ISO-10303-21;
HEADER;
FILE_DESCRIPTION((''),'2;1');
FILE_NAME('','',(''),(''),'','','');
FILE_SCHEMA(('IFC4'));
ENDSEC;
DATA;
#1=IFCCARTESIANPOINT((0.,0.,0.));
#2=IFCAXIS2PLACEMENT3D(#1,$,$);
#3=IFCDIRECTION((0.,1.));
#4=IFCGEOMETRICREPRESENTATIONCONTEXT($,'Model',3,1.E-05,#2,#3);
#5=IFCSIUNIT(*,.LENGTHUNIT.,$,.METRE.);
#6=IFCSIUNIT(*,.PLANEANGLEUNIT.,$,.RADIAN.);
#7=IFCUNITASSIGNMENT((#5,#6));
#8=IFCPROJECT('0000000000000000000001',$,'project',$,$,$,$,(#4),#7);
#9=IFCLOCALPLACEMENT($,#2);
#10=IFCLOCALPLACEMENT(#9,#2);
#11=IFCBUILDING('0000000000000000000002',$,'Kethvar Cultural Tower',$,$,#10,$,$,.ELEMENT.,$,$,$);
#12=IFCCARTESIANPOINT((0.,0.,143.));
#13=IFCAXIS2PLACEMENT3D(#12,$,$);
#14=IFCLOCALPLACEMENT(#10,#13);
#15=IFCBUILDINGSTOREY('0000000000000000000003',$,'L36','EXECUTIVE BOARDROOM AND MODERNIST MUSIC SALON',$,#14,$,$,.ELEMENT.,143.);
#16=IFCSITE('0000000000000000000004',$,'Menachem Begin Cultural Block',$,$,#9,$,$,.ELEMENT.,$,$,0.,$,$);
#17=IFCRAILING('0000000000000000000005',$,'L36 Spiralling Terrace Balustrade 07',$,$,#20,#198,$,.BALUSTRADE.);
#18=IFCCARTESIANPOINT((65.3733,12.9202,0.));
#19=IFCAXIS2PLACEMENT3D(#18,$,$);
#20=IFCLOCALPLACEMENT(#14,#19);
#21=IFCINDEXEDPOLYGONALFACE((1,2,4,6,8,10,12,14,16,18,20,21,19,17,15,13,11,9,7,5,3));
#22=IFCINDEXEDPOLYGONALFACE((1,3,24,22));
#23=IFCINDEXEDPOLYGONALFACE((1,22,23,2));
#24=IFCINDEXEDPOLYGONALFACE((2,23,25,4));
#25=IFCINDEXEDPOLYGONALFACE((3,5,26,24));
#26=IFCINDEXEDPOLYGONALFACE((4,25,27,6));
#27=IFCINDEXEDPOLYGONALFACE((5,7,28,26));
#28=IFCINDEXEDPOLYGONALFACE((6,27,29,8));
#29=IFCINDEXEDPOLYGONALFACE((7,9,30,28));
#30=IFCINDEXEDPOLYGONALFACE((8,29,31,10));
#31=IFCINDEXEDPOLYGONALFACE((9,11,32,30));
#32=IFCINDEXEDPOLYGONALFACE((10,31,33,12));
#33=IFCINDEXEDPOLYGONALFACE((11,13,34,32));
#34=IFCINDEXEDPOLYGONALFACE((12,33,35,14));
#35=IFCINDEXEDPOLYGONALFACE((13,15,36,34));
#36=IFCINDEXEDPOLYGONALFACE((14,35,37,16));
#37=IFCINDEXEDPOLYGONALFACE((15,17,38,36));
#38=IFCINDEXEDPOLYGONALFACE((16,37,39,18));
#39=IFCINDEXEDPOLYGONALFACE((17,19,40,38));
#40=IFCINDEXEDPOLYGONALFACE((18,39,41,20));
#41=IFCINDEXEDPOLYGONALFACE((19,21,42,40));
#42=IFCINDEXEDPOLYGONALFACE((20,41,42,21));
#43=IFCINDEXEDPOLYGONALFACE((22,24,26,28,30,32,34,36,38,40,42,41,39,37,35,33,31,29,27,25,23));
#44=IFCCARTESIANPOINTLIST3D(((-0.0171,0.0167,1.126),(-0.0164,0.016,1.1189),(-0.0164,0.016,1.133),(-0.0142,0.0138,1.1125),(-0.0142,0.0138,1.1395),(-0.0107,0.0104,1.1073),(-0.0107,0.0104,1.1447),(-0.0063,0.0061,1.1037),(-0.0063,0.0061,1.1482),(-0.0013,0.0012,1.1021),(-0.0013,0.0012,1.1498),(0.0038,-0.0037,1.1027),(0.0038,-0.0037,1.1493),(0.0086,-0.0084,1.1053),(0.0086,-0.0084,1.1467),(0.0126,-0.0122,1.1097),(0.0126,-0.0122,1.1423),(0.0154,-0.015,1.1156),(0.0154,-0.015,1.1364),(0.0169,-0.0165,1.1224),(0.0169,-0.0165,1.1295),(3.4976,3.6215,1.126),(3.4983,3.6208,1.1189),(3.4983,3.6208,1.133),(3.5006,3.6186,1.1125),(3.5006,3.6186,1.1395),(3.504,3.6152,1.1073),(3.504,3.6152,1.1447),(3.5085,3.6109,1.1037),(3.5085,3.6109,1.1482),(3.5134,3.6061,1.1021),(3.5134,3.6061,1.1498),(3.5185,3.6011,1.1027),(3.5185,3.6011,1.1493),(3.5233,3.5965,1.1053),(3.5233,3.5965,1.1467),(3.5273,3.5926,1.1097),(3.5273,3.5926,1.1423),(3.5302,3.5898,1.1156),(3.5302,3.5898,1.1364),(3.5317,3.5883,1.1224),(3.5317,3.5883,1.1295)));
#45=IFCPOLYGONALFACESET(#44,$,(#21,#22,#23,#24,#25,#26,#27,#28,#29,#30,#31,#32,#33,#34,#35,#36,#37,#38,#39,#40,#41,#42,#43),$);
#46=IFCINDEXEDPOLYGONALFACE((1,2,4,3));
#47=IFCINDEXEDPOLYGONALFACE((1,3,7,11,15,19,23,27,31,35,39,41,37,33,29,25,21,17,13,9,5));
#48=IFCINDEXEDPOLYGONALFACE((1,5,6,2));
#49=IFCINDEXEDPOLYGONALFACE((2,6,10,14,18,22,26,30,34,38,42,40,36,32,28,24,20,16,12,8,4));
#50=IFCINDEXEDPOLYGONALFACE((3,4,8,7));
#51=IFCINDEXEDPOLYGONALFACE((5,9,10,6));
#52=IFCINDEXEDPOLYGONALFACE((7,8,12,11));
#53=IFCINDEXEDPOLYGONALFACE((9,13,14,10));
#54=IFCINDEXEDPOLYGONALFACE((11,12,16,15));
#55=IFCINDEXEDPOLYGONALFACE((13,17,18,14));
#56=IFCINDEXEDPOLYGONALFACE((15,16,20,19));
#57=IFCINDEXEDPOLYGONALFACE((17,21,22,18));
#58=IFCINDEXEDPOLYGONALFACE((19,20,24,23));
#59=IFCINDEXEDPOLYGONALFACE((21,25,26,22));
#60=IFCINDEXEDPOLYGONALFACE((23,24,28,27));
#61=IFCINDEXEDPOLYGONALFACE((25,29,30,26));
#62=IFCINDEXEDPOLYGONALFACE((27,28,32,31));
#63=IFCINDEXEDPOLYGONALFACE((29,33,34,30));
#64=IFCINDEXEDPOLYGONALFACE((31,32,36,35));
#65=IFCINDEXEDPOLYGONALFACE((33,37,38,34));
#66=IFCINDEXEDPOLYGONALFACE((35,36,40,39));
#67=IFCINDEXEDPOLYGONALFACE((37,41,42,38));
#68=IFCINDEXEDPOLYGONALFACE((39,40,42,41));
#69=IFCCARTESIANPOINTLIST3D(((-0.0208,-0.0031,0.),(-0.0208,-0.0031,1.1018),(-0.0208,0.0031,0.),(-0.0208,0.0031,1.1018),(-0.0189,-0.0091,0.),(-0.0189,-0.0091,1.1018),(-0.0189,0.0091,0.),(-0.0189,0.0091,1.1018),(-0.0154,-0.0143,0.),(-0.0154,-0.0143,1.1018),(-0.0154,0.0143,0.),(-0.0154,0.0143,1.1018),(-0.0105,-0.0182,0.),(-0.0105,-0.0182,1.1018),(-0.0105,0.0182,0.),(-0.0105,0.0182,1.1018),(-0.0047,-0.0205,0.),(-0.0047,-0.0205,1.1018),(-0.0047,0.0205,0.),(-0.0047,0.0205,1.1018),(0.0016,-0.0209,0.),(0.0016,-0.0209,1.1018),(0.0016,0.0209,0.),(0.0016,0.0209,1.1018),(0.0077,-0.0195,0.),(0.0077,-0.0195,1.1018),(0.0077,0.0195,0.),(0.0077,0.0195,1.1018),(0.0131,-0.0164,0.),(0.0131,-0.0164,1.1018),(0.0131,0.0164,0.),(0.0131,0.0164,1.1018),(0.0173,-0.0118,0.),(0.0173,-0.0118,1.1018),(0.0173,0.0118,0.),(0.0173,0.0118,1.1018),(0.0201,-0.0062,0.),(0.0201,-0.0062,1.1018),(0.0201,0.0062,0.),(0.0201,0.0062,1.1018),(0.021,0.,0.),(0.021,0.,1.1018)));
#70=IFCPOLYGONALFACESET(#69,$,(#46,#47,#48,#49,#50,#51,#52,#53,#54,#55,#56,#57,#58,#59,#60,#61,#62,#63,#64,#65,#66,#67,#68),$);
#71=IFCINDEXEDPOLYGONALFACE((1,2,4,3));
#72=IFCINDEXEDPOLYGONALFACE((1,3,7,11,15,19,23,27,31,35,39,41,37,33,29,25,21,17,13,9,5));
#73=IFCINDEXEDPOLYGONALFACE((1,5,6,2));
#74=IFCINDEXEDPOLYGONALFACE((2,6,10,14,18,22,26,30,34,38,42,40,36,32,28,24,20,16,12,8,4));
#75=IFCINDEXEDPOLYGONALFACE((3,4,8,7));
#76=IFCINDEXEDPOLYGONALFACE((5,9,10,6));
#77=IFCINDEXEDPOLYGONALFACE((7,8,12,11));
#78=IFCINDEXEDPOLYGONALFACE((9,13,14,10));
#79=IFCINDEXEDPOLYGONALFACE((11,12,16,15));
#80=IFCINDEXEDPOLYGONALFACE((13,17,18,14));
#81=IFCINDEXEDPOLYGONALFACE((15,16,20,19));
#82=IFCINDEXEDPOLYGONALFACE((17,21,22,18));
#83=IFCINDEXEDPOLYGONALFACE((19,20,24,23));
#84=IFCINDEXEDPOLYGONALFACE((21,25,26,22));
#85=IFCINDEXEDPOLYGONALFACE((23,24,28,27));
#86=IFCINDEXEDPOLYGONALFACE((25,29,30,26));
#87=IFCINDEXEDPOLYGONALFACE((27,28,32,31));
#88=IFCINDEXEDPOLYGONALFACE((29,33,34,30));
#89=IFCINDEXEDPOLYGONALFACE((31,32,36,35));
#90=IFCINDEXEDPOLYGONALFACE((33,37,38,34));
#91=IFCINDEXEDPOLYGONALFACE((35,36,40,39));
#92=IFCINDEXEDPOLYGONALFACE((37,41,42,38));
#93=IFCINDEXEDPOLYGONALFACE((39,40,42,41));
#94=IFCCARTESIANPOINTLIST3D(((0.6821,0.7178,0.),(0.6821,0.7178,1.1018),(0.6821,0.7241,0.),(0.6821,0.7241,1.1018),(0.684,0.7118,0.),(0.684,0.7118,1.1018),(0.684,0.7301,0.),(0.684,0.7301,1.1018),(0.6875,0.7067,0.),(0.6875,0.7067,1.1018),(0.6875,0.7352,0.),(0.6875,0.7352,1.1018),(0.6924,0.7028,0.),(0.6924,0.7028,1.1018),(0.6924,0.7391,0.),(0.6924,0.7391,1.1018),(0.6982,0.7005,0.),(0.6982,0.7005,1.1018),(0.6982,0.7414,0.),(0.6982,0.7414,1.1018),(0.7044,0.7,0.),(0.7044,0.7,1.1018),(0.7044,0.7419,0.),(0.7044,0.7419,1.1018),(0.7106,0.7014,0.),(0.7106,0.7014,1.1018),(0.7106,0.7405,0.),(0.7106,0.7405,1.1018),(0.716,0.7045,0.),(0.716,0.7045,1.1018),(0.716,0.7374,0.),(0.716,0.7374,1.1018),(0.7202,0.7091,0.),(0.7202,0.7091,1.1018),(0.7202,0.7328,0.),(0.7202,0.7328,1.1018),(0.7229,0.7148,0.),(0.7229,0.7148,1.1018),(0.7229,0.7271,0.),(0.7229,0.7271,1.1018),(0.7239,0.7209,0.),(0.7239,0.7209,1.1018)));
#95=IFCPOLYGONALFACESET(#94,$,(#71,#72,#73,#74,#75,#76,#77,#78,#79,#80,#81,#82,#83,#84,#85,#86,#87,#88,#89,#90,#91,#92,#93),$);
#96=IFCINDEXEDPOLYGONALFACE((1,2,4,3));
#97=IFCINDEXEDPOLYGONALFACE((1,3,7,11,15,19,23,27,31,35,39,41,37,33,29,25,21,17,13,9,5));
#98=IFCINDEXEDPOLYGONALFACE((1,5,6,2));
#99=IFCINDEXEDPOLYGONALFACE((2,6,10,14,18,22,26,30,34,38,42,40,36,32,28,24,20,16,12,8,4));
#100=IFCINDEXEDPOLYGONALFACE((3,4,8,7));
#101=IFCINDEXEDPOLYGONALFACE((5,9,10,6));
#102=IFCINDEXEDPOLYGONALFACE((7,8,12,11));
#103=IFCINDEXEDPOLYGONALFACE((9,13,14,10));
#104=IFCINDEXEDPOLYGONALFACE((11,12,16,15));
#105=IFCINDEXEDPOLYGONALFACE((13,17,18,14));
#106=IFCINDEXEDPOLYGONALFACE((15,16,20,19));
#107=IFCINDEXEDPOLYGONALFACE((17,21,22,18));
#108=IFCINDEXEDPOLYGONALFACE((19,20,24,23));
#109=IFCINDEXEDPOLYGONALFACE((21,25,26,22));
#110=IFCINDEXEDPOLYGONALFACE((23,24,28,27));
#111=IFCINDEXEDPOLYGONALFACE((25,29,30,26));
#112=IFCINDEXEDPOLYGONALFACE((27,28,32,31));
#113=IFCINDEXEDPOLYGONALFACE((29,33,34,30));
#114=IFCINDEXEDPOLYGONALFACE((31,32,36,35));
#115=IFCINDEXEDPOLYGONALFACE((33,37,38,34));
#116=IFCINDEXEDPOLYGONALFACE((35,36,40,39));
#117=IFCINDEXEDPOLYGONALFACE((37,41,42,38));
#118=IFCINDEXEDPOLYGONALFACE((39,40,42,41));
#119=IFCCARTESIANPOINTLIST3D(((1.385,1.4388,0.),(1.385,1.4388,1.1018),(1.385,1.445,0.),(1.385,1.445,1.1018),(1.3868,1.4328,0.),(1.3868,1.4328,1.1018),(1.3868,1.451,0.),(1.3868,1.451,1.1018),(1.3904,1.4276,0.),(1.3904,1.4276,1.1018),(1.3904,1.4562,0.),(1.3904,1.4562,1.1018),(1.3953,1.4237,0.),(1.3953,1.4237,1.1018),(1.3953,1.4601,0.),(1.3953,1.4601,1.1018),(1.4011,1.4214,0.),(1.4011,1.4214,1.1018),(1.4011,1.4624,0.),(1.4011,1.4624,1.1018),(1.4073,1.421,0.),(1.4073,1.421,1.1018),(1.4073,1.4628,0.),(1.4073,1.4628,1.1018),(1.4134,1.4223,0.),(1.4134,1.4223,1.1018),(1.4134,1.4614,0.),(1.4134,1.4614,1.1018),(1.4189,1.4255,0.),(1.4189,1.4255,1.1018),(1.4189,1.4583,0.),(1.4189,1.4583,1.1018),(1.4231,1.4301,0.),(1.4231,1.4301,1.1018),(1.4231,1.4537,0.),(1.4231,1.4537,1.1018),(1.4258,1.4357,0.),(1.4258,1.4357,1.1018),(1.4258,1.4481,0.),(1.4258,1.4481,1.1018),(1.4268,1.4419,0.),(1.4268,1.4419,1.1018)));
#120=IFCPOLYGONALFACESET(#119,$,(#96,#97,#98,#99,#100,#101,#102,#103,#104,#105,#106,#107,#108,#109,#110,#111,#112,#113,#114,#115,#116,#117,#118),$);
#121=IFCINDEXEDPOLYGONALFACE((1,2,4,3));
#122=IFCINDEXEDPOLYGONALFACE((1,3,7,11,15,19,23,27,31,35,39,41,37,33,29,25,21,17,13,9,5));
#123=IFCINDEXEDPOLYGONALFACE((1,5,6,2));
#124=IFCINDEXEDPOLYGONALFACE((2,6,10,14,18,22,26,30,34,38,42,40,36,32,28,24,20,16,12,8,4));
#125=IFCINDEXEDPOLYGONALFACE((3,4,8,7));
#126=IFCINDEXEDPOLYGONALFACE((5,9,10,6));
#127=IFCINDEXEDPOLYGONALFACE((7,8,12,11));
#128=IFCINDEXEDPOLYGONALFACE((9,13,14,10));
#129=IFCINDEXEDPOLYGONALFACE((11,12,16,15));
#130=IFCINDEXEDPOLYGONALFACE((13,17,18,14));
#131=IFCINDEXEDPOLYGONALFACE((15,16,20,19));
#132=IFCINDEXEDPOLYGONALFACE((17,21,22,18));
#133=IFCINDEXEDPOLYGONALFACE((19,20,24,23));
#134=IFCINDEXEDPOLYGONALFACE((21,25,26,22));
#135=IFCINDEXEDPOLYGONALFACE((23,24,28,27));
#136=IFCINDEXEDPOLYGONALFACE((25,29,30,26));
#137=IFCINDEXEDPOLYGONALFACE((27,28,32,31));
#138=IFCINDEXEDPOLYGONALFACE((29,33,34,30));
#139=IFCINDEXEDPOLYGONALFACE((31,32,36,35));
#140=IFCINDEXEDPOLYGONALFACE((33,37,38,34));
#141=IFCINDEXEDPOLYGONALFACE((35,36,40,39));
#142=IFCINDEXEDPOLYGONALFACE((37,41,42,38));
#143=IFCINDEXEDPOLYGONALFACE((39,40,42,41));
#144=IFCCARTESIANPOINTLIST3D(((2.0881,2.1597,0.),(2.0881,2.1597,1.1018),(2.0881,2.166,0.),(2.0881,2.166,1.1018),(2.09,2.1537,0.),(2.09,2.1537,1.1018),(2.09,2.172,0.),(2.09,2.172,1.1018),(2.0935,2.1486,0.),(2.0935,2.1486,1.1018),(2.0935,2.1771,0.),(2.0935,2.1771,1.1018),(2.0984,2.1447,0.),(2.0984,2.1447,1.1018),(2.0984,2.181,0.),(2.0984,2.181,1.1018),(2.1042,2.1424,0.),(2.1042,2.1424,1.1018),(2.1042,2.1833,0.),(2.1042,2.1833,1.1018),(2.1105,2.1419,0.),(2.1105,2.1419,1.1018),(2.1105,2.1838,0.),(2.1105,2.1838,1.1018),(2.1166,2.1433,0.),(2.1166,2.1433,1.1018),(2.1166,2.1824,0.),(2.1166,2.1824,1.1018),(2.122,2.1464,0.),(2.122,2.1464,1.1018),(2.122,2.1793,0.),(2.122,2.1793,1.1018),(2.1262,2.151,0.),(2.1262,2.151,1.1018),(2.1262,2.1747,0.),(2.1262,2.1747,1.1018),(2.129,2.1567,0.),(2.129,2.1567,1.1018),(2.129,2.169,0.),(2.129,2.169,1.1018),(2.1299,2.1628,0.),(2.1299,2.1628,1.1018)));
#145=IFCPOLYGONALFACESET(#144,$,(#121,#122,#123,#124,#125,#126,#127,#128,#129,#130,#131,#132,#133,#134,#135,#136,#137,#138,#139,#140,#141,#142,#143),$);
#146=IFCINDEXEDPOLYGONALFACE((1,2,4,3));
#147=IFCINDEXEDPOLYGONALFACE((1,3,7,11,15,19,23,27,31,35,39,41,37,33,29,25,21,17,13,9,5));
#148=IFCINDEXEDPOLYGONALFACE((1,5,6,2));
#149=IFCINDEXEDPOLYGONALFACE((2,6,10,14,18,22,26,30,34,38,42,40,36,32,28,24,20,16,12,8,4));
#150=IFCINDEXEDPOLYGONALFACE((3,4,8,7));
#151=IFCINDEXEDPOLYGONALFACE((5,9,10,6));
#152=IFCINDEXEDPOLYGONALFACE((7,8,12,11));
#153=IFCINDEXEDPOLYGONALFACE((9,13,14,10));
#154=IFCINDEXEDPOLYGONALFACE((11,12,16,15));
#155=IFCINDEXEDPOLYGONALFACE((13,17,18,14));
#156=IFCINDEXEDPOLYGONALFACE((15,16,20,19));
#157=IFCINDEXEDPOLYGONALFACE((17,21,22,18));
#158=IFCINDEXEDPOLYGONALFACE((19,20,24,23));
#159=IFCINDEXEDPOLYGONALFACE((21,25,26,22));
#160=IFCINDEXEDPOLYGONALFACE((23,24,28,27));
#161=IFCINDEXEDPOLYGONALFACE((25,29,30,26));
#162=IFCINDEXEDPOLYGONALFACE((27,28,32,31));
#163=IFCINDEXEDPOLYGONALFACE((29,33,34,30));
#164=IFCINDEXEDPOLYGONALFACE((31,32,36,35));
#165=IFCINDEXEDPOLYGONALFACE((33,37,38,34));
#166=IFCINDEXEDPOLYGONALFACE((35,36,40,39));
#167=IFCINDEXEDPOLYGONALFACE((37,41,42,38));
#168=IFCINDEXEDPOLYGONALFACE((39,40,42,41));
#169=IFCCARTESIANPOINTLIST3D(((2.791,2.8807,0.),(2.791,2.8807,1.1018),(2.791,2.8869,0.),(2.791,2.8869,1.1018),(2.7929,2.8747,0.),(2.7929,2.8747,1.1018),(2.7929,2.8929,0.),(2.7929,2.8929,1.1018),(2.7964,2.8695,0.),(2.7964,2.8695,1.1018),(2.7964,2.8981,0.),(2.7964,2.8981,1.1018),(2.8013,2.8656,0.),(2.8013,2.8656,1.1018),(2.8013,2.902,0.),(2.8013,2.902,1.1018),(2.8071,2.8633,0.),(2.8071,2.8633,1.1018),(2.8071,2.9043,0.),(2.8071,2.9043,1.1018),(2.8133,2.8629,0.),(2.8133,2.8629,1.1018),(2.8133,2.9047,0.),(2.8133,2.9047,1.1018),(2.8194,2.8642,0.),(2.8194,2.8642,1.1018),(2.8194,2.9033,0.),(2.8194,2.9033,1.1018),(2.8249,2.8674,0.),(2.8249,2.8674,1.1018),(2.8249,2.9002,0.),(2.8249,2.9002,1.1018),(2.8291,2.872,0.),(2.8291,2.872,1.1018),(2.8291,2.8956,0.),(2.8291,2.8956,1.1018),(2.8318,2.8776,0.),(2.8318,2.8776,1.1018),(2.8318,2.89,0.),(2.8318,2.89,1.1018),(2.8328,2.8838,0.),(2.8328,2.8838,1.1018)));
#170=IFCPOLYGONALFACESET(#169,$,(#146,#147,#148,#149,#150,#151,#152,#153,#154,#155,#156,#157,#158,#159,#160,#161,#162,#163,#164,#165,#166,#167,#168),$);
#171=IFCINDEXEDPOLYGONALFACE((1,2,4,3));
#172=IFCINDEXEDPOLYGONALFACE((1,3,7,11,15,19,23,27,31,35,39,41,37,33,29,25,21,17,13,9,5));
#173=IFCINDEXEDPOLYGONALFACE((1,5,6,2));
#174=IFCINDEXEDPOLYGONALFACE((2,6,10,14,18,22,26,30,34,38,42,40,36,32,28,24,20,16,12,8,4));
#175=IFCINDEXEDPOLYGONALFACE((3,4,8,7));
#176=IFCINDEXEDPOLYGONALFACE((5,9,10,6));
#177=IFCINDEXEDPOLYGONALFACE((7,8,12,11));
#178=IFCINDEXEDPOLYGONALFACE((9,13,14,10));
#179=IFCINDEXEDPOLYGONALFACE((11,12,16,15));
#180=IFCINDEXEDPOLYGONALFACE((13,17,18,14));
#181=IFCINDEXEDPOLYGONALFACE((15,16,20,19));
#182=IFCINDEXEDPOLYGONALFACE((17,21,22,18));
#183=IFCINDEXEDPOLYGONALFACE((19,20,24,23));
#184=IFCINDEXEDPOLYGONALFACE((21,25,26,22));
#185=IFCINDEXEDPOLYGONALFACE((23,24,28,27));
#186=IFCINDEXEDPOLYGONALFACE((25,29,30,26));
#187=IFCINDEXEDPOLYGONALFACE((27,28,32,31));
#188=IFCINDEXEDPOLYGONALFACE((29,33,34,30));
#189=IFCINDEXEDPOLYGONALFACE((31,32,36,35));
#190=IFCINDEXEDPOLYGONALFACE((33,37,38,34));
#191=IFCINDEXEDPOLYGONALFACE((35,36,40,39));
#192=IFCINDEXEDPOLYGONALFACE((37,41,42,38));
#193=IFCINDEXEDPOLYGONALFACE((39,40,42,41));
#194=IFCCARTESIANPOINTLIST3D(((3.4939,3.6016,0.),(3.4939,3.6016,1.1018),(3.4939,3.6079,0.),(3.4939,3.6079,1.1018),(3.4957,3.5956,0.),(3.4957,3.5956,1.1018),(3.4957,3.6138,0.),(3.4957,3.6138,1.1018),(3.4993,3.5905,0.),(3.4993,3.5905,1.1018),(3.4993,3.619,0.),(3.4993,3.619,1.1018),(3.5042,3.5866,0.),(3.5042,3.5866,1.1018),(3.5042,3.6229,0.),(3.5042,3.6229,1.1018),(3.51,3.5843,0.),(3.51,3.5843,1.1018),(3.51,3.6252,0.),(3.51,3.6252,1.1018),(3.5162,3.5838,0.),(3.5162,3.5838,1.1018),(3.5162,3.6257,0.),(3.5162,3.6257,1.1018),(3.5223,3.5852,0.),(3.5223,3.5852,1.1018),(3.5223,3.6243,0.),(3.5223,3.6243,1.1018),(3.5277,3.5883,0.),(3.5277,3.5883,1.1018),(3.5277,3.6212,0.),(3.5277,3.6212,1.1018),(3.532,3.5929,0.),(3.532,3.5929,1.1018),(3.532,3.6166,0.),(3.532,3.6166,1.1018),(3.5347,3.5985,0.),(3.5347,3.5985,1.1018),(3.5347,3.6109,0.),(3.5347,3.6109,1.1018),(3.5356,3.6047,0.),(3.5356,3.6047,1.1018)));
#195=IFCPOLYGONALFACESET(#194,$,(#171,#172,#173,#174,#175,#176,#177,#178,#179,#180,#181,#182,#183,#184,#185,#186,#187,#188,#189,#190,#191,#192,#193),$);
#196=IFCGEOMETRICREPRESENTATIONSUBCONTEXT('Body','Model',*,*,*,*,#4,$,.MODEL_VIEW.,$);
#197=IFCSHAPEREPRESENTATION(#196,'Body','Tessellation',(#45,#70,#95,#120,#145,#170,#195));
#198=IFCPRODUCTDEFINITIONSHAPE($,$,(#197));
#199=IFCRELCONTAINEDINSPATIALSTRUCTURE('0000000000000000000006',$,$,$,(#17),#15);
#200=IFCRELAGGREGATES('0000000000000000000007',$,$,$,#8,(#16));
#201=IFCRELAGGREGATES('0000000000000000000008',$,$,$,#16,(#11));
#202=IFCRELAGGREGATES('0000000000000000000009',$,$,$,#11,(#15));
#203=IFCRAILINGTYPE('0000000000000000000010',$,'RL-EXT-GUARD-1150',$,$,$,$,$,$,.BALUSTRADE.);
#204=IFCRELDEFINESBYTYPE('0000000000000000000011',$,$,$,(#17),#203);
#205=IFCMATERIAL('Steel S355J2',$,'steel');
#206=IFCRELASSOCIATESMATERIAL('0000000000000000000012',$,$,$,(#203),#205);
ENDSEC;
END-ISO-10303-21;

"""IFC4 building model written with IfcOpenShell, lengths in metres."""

from ifc_helpers import new_model, si_unit, direction, frame, origin, origin_2d, place, context, subcontext, project, spatial, circle, extrude, material, type_object, element, save


model = new_model("IFC4")

# Units and contexts
model_context = context("Model", 3, precision=1e-05, world=origin(), true_north=direction((0.0, 1.0)))
body_context = subcontext(model_context, "Body", "Model", "MODEL_VIEW")
ifc_project = project(units=[si_unit("LENGTHUNIT", "METRE"), si_unit("PLANEANGLEUNIT", "RADIAN")], contexts=[model_context])

# Site, building, storey
site_placement = place(None, origin())
site = spatial("IfcSite", under=ifc_project, at=site_placement, Name="Menachem Begin Cultural Block", CompositionType="ELEMENT", RefElevation=0.0)
building_placement = place(site_placement, origin())
building = spatial("IfcBuilding", under=site, at=building_placement, Name="Kethvar Cultural Tower", CompositionType="ELEMENT")
storey_placement = place(building_placement, frame((0.0, 0.0, 143.0)))
storey = spatial("IfcBuildingStorey", under=building, at=storey_placement, Name="L36", Description="EXECUTIVE BOARDROOM AND MODERNIST MUSIC SALON", CompositionType="ELEMENT", Elevation=143.0)

# Shared definitions
ifc_material_1 = material(Name="Steel S355J2", Category="steel")

# Railing
railing_type = type_object("IfcRailingType", Name="RL-EXT-GUARD-1150", PredefinedType="BALUSTRADE", material=ifc_material_1)
railing_1_placement = place(storey_placement, frame((65.3733, 12.9202, 0.0)))
element("IfcRailing", 1, at=railing_1_placement, inside=storey, type_object=railing_type, Name="L36 Spiralling Terrace Balustrade 07", PredefinedType="BALUSTRADE", context=body_context, shape_type="SweptSolid", body=[
    extrude(circle(Radius=0.0239, at=origin_2d()), frame((0.0, 0.0, 1.126), z_axis=(0.698103, 0.715997, 0.0), x_axis=(-0.715997, 0.698103, 0.0)), (0.0, 0.0, 1.0), 5.0347),
    extrude(circle(Radius=0.021, at=origin_2d()), origin(), (0.0, 0.0, 1.0), 1.1018),
    extrude(circle(Radius=0.021, at=origin_2d()), frame((0.7029, 0.7209, 0.0)), (0.0, 0.0, 1.0), 1.1018),
    extrude(circle(Radius=0.021, at=origin_2d()), frame((1.4058, 1.4419, 0.0)), (0.0, 0.0, 1.0), 1.1018),
    extrude(circle(Radius=0.021, at=origin_2d()), frame((2.1089, 2.1628, 0.0)), (0.0, 0.0, 1.0), 1.1018),
    extrude(circle(Radius=0.021, at=origin_2d()), frame((2.8118, 2.8838, 0.0)), (0.0, 0.0, 1.0), 1.1018),
    extrude(circle(Radius=0.021, at=origin_2d()), frame((3.5146, 3.6047, 0.0)), (0.0, 0.0, 1.0), 1.1018),
])

save(model, "model.ifc")
